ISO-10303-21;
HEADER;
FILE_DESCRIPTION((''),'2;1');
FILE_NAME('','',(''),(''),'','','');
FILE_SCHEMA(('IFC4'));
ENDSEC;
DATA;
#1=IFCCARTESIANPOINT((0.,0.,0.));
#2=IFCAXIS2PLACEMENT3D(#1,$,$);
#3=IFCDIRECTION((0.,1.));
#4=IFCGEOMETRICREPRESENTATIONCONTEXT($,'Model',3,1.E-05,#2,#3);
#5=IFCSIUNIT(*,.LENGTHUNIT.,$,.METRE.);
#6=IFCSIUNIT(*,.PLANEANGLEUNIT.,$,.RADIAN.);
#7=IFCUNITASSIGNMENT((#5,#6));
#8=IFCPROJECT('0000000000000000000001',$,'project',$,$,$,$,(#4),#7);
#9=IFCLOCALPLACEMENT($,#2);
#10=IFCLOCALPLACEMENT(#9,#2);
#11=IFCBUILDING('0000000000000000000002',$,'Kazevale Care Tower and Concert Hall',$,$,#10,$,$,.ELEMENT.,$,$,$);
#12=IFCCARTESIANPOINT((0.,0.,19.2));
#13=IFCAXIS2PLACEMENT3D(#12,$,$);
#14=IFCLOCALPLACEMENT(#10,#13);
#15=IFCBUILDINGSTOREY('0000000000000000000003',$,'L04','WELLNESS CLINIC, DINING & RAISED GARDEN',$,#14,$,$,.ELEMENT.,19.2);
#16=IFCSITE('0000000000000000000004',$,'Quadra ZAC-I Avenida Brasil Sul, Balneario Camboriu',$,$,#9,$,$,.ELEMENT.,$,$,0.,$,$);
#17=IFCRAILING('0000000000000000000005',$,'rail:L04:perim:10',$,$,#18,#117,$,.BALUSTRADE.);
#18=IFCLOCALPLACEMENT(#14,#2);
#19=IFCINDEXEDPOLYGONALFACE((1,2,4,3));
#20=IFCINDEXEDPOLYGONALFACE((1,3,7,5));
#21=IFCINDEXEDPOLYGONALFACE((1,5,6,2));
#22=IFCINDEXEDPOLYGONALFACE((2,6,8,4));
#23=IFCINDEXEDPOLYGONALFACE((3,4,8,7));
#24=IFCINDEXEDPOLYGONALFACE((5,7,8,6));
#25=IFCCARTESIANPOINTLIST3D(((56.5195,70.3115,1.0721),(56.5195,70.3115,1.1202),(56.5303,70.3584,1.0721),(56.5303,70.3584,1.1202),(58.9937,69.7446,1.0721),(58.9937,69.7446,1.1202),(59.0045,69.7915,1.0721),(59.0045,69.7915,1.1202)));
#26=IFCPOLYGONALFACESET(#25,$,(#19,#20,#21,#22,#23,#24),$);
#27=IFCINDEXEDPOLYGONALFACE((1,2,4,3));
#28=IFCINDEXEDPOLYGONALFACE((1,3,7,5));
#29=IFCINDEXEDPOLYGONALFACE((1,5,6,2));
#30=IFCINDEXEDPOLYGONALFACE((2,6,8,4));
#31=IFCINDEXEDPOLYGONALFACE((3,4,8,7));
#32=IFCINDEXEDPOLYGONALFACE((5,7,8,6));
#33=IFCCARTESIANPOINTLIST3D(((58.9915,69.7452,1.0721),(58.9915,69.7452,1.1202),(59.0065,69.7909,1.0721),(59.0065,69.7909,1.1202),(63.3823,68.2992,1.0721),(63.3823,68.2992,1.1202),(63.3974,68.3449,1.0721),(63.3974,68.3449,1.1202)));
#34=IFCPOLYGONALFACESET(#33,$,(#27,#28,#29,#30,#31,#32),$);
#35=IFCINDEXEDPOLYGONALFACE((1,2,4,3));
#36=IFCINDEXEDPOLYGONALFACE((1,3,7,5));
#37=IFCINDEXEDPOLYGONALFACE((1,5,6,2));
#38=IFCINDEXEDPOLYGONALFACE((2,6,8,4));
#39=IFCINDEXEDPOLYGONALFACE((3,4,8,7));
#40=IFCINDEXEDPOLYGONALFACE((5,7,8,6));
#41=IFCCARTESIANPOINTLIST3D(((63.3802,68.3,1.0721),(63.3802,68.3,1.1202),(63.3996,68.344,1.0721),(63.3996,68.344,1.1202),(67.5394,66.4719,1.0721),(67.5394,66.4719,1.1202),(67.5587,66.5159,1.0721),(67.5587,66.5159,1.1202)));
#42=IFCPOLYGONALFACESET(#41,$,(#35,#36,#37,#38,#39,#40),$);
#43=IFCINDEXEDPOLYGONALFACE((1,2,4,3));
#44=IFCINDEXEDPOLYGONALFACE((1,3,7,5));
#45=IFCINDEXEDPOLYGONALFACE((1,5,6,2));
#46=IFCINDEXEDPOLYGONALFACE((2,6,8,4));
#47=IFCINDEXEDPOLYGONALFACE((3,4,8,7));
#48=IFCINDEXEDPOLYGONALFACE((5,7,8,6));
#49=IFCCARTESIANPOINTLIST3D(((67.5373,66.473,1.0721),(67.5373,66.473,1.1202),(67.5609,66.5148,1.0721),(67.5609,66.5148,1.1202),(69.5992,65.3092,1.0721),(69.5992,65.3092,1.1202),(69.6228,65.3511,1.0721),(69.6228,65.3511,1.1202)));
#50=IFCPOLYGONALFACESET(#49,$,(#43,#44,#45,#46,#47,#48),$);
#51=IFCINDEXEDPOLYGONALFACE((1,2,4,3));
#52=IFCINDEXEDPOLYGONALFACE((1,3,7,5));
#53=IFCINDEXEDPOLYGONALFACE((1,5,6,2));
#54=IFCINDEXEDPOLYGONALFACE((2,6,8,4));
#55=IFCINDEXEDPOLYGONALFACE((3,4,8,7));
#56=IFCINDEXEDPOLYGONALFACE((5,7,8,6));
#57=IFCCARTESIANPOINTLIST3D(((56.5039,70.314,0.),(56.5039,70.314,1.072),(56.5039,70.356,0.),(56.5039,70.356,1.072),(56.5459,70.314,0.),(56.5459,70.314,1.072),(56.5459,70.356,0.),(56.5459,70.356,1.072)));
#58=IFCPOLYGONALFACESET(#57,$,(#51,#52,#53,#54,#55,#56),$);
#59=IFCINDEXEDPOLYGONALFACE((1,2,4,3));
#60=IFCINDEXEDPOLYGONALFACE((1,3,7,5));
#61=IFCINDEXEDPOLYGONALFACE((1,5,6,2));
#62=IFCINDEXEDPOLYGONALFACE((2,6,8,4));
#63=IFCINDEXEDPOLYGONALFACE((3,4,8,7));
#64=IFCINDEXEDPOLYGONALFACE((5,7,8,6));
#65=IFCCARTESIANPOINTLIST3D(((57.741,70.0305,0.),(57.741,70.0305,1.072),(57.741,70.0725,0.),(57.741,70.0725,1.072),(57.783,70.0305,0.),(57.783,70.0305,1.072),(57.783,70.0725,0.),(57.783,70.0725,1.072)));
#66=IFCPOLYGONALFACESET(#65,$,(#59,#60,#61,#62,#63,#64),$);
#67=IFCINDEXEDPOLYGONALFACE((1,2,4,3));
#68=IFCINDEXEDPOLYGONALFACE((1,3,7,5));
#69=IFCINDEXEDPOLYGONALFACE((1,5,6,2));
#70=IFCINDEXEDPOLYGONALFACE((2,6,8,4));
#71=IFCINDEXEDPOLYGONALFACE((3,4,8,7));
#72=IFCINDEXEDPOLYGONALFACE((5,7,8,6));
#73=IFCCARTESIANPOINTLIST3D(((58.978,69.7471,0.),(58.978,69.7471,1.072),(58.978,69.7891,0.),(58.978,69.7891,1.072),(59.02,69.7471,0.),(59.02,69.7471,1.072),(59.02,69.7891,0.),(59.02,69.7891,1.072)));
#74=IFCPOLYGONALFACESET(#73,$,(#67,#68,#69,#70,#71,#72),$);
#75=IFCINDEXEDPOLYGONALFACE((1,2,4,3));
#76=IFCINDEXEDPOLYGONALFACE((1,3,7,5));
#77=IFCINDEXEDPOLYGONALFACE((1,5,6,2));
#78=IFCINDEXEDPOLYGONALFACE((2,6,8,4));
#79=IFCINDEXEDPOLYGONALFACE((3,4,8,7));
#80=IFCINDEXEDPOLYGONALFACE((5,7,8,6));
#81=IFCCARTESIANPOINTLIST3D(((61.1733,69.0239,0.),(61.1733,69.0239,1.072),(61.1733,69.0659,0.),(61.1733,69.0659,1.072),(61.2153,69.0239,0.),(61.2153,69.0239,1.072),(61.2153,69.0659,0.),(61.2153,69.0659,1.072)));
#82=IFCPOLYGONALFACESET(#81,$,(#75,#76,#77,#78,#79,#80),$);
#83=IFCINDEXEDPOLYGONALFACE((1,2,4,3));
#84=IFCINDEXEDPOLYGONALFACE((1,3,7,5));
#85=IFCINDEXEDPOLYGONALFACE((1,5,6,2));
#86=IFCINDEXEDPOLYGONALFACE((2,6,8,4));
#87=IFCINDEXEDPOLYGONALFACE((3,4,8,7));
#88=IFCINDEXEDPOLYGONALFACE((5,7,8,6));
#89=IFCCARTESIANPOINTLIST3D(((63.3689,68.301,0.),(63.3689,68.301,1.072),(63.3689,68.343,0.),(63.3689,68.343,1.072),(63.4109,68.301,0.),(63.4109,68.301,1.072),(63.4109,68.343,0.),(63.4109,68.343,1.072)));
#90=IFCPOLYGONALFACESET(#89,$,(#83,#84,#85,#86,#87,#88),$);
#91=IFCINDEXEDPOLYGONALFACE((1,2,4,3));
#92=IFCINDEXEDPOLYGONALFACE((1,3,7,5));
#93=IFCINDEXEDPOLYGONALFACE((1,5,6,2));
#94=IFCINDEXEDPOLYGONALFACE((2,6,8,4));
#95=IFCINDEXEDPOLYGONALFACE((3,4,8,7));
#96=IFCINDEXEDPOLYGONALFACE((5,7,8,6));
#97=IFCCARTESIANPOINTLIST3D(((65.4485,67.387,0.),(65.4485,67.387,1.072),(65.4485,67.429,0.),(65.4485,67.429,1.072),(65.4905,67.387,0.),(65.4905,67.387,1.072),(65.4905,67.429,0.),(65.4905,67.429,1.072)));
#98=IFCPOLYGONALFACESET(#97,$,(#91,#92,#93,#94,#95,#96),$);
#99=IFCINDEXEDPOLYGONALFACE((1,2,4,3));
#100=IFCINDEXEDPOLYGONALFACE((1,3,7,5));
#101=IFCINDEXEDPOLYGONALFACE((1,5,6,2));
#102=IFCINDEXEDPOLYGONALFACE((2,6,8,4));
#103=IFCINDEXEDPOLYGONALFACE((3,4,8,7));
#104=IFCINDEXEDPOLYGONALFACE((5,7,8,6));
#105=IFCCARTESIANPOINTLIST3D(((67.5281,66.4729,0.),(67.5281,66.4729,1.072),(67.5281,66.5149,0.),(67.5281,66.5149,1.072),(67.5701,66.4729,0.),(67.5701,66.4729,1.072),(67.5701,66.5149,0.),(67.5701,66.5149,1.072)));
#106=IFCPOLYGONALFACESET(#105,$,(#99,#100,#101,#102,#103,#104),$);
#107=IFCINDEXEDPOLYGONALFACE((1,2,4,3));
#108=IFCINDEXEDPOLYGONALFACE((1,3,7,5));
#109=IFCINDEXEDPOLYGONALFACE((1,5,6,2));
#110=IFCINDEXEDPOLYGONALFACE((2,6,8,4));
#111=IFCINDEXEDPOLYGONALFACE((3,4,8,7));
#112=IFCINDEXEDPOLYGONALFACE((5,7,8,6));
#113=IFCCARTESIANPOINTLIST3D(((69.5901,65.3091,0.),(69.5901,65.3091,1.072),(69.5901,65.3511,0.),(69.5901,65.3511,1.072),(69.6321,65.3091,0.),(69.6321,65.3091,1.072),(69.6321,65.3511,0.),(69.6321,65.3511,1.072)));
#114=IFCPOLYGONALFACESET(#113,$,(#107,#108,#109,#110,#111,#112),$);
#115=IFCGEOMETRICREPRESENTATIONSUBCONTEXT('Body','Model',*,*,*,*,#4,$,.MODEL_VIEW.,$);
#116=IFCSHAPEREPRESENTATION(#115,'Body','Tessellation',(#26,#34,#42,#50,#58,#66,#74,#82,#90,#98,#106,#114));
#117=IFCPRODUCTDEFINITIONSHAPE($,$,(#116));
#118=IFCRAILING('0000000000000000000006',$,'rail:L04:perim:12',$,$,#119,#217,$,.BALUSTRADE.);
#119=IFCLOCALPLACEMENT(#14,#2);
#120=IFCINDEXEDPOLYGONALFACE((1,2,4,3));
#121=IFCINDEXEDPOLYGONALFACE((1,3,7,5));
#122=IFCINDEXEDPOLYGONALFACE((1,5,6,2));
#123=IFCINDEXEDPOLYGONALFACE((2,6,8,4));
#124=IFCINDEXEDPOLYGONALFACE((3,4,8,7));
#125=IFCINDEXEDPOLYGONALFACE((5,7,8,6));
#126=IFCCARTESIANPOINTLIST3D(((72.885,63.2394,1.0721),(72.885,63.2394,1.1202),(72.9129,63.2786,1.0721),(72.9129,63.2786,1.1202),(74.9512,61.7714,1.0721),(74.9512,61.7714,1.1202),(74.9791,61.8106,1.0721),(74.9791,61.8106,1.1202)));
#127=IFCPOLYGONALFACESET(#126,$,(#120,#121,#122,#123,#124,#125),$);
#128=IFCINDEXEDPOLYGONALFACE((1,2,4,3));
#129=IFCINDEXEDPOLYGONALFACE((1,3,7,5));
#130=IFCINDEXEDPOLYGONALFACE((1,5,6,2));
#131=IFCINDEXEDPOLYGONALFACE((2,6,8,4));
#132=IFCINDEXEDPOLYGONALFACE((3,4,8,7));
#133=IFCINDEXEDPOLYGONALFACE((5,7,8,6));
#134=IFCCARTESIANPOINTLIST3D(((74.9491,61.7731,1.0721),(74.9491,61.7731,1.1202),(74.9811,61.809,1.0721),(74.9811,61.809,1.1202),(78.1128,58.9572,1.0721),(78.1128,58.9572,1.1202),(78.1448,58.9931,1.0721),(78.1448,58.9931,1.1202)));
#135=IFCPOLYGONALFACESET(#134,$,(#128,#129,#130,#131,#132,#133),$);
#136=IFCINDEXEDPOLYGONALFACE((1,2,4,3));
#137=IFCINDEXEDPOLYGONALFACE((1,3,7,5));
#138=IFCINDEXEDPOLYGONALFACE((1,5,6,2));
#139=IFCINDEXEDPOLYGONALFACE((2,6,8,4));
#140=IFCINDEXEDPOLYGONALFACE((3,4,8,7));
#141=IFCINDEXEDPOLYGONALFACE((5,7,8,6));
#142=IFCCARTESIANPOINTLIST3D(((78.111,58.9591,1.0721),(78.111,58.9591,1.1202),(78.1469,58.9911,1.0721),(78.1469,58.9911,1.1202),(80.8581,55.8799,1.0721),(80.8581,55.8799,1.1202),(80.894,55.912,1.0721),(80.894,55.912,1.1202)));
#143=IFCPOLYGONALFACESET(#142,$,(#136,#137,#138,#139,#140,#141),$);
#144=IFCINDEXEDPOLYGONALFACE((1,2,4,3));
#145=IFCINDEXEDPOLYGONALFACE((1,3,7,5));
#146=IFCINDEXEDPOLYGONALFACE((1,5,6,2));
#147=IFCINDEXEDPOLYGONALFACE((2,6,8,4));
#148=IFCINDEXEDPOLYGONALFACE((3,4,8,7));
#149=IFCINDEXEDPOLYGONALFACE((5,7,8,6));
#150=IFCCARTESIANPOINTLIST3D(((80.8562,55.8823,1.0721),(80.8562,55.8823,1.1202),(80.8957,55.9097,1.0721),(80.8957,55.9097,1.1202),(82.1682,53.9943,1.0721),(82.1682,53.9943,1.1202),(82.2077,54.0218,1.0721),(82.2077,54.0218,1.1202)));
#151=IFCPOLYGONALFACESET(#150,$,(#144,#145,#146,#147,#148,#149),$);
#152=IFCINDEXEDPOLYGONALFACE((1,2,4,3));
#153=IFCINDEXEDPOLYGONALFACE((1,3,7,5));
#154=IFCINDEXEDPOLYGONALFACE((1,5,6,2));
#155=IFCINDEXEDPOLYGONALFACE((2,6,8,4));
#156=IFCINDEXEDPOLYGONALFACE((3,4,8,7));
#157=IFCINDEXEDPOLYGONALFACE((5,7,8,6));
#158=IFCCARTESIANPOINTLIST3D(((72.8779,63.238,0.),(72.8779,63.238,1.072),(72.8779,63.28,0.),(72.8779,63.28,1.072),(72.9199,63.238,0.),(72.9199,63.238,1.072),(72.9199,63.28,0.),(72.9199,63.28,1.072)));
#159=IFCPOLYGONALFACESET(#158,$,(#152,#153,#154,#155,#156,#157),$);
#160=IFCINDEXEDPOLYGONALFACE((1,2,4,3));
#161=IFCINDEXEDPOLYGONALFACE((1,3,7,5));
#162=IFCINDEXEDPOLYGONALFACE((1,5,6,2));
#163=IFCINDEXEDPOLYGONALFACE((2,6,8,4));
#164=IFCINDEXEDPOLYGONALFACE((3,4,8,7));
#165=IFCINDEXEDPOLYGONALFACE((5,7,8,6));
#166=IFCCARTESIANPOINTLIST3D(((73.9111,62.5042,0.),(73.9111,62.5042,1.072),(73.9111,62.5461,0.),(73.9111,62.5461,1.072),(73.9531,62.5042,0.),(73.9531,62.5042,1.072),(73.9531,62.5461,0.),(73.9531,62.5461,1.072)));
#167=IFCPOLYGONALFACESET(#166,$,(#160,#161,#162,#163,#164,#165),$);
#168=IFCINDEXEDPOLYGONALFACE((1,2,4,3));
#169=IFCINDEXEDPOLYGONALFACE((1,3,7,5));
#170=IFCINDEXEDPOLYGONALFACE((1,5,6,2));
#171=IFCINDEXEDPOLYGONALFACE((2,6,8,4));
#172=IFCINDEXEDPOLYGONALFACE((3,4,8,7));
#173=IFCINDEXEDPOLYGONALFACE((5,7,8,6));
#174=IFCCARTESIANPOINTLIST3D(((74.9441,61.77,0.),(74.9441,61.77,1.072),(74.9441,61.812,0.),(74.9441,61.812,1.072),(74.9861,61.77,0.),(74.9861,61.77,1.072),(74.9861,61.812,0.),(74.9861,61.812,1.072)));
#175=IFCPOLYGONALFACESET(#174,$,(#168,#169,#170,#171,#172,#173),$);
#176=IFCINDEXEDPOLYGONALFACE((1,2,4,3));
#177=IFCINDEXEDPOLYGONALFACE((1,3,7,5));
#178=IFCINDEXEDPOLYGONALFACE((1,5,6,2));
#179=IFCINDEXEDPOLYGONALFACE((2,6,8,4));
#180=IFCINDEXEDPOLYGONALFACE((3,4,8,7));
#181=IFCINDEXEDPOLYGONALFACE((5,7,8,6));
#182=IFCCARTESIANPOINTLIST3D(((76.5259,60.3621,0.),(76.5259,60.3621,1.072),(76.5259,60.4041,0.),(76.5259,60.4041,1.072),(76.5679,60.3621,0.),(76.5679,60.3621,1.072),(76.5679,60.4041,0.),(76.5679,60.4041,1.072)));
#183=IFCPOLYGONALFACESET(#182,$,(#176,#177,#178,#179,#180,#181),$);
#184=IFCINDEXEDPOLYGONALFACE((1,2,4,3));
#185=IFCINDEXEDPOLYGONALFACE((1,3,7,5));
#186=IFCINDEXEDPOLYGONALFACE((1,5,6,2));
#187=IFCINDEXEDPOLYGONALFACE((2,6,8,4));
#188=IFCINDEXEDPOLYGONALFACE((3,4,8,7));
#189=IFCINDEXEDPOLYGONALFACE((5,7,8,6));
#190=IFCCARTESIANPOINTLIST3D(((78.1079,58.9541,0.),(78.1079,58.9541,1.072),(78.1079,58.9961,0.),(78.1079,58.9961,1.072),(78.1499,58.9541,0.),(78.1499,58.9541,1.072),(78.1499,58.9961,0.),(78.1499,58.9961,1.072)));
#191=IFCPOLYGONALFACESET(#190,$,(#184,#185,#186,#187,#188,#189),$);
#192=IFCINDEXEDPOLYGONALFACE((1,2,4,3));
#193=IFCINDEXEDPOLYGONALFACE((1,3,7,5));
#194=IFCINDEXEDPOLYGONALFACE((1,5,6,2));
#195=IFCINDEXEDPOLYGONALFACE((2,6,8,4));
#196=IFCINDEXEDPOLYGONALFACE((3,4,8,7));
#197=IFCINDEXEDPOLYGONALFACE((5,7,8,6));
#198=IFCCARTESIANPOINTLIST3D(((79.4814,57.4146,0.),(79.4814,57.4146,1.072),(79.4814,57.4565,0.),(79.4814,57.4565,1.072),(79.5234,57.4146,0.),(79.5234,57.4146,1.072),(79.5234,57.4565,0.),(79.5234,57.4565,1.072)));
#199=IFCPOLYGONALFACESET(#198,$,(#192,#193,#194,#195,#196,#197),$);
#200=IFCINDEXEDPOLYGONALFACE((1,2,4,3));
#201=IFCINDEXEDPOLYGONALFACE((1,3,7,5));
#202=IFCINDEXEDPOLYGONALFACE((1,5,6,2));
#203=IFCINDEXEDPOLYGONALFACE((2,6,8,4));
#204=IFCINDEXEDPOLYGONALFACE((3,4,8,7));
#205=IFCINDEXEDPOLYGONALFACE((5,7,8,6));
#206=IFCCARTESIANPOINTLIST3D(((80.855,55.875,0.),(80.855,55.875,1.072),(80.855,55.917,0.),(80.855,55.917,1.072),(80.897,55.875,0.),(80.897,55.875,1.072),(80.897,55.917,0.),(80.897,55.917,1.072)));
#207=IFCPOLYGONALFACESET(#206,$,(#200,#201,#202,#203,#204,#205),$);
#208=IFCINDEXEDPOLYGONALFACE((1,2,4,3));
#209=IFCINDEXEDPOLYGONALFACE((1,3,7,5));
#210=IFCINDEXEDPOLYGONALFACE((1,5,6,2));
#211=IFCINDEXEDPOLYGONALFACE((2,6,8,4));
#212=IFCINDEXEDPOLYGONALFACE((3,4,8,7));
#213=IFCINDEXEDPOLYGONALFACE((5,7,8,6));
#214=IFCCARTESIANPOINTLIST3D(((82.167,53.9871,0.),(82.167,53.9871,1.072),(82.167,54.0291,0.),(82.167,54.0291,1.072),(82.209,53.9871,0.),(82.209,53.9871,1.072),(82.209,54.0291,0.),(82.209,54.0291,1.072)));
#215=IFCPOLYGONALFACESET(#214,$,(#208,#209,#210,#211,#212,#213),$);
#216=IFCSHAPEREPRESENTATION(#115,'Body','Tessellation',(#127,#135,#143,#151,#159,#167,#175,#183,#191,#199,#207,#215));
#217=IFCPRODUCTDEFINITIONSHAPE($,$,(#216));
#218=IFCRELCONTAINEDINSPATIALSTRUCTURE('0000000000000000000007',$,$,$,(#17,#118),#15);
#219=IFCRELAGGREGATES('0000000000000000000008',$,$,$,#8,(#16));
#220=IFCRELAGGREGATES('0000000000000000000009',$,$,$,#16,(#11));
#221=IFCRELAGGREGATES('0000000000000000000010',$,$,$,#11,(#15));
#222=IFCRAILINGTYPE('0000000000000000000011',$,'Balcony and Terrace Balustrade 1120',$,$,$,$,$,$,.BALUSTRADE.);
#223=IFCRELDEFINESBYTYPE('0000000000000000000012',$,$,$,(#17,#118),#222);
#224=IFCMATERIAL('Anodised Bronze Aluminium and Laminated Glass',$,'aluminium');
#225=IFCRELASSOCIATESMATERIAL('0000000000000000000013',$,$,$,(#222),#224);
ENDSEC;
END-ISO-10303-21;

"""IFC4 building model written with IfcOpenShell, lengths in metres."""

from ifc_helpers import new_model, si_unit, direction, frame, origin, origin_2d, place, context, subcontext, project, spatial, rectangle, extrude, material, type_object, element, save


model = new_model("IFC4")

# Units and contexts
model_context = context("Model", 3, precision=1e-05, world=origin(), true_north=direction((0.0, 1.0)))
body_context = subcontext(model_context, "Body", "Model", "MODEL_VIEW")
ifc_project = project(units=[si_unit("LENGTHUNIT", "METRE"), si_unit("PLANEANGLEUNIT", "RADIAN")], contexts=[model_context])

# Site, building, storey
site_placement = place(None, origin())
site = spatial("IfcSite", under=ifc_project, at=site_placement, Name="Quadra ZAC-I Avenida Brasil Sul, Balneario Camboriu", CompositionType="ELEMENT", RefElevation=0.0)
building_placement = place(site_placement, origin())
building = spatial("IfcBuilding", under=site, at=building_placement, Name="Kazevale Care Tower and Concert Hall", CompositionType="ELEMENT")
storey_placement = place(building_placement, frame((0.0, 0.0, 19.2)))
storey = spatial("IfcBuildingStorey", under=building, at=storey_placement, Name="L04", Description="WELLNESS CLINIC, DINING & RAISED GARDEN", CompositionType="ELEMENT", Elevation=19.2)

# Railings
ifc_material_1 = material(Name="Anodised Bronze Aluminium and Laminated Glass", Category="aluminium")
railing_type = type_object("IfcRailingType", Name="Balcony and Terrace Balustrade 1120", PredefinedType="BALUSTRADE", material=ifc_material_1)
railing_1_placement = place(storey_placement, frame((56.5249, 70.335, 0.0)))
element("IfcRailing", 1, at=railing_1_placement, inside=storey, type_object=railing_type, Name="rail:L04:perim:10", PredefinedType="BALUSTRADE", context=body_context, shape_type="SweptSolid", body=[
    extrude(rectangle(XDim=0.0481, YDim=0.0481, at=origin_2d()), frame((0.0, 0.0, 1.0962), z_axis=(0.97474, -0.223342, 0.0), x_axis=(0.223342, 0.97474, 0.0)), (0.0, 0.0, 1.0), 2.5383),
    extrude(rectangle(XDim=0.0481, YDim=0.0481, at=origin_2d()), frame((2.4741, -0.5669, 1.0962), z_axis=(0.949818, -0.312804, 0.0), x_axis=(0.312804, 0.949818, 0.0)), (0.0, 0.0, 1.0), 4.6228),
    extrude(rectangle(XDim=0.0481, YDim=0.0481, at=origin_2d()), frame((6.865, -2.0129, 1.0962), z_axis=(0.91547, -0.402386, 0.0), x_axis=(0.402386, 0.91547, 0.0)), (0.0, 0.0, 1.0), 4.5432),
    extrude(rectangle(XDim=0.0481, YDim=0.0481, at=origin_2d()), frame((11.0242, -3.8411, 1.0962), z_axis=(0.870864, -0.491524, 0.0), x_axis=(0.491524, 0.870864, 0.0)), (0.0, 0.0, 1.0), 2.3677),
    extrude(rectangle(XDim=0.042, YDim=0.042, at=origin_2d()), origin(), (0.0, 0.0, 1.0), 1.072),
    extrude(rectangle(XDim=0.042, YDim=0.042, at=origin_2d()), frame((1.2371, -0.2834, 0.0)), (0.0, 0.0, 1.0), 1.072),
    extrude(rectangle(XDim=0.042, YDim=0.042, at=origin_2d()), frame((2.4741, -0.5669, 0.0)), (0.0, 0.0, 1.0), 1.072),
    extrude(rectangle(XDim=0.042, YDim=0.042, at=origin_2d()), frame((4.6694, -1.29, 0.0)), (0.0, 0.0, 1.0), 1.072),
    extrude(rectangle(XDim=0.042, YDim=0.042, at=origin_2d()), frame((6.865, -2.0129, 0.0)), (0.0, 0.0, 1.0), 1.072),
    extrude(rectangle(XDim=0.042, YDim=0.042, at=origin_2d()), frame((8.9446, -2.927, 0.0)), (0.0, 0.0, 1.0), 1.072),
    extrude(rectangle(XDim=0.042, YDim=0.042, at=origin_2d()), frame((11.0242, -3.8411, 0.0)), (0.0, 0.0, 1.0), 1.072),
    extrude(rectangle(XDim=0.042, YDim=0.042, at=origin_2d()), frame((13.0862, -5.0049, 0.0)), (0.0, 0.0, 1.0), 1.072),
])
railing_2_placement = place(storey_placement, frame((72.8989, 63.259, 0.0)))
element("IfcRailing", 2, at=railing_2_placement, inside=storey, type_object=railing_type, Name="rail:L04:perim:12", PredefinedType="BALUSTRADE", context=body_context, shape_type="SweptSolid", body=[
    extrude(rectangle(XDim=0.0481, YDim=0.0481, at=origin_2d()), frame((0.0, 0.0, 1.0962), z_axis=(0.815189, -0.579195, 0.0), x_axis=(0.579195, 0.815189, 0.0)), (0.0, 0.0, 1.0), 2.5347),
    extrude(rectangle(XDim=0.0481, YDim=0.0481, at=origin_2d()), frame((2.0662, -1.468, 1.0962), z_axis=(0.746983, -0.664843, 0.0), x_axis=(0.664843, 0.746983, 0.0)), (0.0, 0.0, 1.0), 4.2354),
    extrude(rectangle(XDim=0.0481, YDim=0.0481, at=origin_2d()), frame((5.23, -4.2839, 1.0962), z_axis=(0.665729, -0.746194, 0.0), x_axis=(0.746194, 0.665729, 0.0)), (0.0, 0.0, 1.0), 4.1265),
    extrude(rectangle(XDim=0.0481, YDim=0.0481, at=origin_2d()), frame((7.9771, -7.363, 1.0962), z_axis=(0.570672, -0.821178, 0.0), x_axis=(0.821178, 0.570672, 0.0)), (0.0, 0.0, 1.0), 2.2991),
    extrude(rectangle(XDim=0.042, YDim=0.042, at=origin_2d()), origin(), (0.0, 0.0, 1.0), 1.072),
    extrude(rectangle(XDim=0.042, YDim=0.042, at=origin_2d()), frame((1.0332, -0.7339, 0.0)), (0.0, 0.0, 1.0), 1.072),
    extrude(rectangle(XDim=0.042, YDim=0.042, at=origin_2d()), frame((2.0662, -1.468, 0.0)), (0.0, 0.0, 1.0), 1.072),
    extrude(rectangle(XDim=0.042, YDim=0.042, at=origin_2d()), frame((3.6479, -2.876, 0.0)), (0.0, 0.0, 1.0), 1.072),
    extrude(rectangle(XDim=0.042, YDim=0.042, at=origin_2d()), frame((5.23, -4.2839, 0.0)), (0.0, 0.0, 1.0), 1.072),
    extrude(rectangle(XDim=0.042, YDim=0.042, at=origin_2d()), frame((6.6035, -5.8235, 0.0)), (0.0, 0.0, 1.0), 1.072),
    extrude(rectangle(XDim=0.042, YDim=0.042, at=origin_2d()), frame((7.9771, -7.363, 0.0)), (0.0, 0.0, 1.0), 1.072),
    extrude(rectangle(XDim=0.042, YDim=0.042, at=origin_2d()), frame((9.2891, -9.251, 0.0)), (0.0, 0.0, 1.0), 1.072),
])

save(model, "model.ifc")
